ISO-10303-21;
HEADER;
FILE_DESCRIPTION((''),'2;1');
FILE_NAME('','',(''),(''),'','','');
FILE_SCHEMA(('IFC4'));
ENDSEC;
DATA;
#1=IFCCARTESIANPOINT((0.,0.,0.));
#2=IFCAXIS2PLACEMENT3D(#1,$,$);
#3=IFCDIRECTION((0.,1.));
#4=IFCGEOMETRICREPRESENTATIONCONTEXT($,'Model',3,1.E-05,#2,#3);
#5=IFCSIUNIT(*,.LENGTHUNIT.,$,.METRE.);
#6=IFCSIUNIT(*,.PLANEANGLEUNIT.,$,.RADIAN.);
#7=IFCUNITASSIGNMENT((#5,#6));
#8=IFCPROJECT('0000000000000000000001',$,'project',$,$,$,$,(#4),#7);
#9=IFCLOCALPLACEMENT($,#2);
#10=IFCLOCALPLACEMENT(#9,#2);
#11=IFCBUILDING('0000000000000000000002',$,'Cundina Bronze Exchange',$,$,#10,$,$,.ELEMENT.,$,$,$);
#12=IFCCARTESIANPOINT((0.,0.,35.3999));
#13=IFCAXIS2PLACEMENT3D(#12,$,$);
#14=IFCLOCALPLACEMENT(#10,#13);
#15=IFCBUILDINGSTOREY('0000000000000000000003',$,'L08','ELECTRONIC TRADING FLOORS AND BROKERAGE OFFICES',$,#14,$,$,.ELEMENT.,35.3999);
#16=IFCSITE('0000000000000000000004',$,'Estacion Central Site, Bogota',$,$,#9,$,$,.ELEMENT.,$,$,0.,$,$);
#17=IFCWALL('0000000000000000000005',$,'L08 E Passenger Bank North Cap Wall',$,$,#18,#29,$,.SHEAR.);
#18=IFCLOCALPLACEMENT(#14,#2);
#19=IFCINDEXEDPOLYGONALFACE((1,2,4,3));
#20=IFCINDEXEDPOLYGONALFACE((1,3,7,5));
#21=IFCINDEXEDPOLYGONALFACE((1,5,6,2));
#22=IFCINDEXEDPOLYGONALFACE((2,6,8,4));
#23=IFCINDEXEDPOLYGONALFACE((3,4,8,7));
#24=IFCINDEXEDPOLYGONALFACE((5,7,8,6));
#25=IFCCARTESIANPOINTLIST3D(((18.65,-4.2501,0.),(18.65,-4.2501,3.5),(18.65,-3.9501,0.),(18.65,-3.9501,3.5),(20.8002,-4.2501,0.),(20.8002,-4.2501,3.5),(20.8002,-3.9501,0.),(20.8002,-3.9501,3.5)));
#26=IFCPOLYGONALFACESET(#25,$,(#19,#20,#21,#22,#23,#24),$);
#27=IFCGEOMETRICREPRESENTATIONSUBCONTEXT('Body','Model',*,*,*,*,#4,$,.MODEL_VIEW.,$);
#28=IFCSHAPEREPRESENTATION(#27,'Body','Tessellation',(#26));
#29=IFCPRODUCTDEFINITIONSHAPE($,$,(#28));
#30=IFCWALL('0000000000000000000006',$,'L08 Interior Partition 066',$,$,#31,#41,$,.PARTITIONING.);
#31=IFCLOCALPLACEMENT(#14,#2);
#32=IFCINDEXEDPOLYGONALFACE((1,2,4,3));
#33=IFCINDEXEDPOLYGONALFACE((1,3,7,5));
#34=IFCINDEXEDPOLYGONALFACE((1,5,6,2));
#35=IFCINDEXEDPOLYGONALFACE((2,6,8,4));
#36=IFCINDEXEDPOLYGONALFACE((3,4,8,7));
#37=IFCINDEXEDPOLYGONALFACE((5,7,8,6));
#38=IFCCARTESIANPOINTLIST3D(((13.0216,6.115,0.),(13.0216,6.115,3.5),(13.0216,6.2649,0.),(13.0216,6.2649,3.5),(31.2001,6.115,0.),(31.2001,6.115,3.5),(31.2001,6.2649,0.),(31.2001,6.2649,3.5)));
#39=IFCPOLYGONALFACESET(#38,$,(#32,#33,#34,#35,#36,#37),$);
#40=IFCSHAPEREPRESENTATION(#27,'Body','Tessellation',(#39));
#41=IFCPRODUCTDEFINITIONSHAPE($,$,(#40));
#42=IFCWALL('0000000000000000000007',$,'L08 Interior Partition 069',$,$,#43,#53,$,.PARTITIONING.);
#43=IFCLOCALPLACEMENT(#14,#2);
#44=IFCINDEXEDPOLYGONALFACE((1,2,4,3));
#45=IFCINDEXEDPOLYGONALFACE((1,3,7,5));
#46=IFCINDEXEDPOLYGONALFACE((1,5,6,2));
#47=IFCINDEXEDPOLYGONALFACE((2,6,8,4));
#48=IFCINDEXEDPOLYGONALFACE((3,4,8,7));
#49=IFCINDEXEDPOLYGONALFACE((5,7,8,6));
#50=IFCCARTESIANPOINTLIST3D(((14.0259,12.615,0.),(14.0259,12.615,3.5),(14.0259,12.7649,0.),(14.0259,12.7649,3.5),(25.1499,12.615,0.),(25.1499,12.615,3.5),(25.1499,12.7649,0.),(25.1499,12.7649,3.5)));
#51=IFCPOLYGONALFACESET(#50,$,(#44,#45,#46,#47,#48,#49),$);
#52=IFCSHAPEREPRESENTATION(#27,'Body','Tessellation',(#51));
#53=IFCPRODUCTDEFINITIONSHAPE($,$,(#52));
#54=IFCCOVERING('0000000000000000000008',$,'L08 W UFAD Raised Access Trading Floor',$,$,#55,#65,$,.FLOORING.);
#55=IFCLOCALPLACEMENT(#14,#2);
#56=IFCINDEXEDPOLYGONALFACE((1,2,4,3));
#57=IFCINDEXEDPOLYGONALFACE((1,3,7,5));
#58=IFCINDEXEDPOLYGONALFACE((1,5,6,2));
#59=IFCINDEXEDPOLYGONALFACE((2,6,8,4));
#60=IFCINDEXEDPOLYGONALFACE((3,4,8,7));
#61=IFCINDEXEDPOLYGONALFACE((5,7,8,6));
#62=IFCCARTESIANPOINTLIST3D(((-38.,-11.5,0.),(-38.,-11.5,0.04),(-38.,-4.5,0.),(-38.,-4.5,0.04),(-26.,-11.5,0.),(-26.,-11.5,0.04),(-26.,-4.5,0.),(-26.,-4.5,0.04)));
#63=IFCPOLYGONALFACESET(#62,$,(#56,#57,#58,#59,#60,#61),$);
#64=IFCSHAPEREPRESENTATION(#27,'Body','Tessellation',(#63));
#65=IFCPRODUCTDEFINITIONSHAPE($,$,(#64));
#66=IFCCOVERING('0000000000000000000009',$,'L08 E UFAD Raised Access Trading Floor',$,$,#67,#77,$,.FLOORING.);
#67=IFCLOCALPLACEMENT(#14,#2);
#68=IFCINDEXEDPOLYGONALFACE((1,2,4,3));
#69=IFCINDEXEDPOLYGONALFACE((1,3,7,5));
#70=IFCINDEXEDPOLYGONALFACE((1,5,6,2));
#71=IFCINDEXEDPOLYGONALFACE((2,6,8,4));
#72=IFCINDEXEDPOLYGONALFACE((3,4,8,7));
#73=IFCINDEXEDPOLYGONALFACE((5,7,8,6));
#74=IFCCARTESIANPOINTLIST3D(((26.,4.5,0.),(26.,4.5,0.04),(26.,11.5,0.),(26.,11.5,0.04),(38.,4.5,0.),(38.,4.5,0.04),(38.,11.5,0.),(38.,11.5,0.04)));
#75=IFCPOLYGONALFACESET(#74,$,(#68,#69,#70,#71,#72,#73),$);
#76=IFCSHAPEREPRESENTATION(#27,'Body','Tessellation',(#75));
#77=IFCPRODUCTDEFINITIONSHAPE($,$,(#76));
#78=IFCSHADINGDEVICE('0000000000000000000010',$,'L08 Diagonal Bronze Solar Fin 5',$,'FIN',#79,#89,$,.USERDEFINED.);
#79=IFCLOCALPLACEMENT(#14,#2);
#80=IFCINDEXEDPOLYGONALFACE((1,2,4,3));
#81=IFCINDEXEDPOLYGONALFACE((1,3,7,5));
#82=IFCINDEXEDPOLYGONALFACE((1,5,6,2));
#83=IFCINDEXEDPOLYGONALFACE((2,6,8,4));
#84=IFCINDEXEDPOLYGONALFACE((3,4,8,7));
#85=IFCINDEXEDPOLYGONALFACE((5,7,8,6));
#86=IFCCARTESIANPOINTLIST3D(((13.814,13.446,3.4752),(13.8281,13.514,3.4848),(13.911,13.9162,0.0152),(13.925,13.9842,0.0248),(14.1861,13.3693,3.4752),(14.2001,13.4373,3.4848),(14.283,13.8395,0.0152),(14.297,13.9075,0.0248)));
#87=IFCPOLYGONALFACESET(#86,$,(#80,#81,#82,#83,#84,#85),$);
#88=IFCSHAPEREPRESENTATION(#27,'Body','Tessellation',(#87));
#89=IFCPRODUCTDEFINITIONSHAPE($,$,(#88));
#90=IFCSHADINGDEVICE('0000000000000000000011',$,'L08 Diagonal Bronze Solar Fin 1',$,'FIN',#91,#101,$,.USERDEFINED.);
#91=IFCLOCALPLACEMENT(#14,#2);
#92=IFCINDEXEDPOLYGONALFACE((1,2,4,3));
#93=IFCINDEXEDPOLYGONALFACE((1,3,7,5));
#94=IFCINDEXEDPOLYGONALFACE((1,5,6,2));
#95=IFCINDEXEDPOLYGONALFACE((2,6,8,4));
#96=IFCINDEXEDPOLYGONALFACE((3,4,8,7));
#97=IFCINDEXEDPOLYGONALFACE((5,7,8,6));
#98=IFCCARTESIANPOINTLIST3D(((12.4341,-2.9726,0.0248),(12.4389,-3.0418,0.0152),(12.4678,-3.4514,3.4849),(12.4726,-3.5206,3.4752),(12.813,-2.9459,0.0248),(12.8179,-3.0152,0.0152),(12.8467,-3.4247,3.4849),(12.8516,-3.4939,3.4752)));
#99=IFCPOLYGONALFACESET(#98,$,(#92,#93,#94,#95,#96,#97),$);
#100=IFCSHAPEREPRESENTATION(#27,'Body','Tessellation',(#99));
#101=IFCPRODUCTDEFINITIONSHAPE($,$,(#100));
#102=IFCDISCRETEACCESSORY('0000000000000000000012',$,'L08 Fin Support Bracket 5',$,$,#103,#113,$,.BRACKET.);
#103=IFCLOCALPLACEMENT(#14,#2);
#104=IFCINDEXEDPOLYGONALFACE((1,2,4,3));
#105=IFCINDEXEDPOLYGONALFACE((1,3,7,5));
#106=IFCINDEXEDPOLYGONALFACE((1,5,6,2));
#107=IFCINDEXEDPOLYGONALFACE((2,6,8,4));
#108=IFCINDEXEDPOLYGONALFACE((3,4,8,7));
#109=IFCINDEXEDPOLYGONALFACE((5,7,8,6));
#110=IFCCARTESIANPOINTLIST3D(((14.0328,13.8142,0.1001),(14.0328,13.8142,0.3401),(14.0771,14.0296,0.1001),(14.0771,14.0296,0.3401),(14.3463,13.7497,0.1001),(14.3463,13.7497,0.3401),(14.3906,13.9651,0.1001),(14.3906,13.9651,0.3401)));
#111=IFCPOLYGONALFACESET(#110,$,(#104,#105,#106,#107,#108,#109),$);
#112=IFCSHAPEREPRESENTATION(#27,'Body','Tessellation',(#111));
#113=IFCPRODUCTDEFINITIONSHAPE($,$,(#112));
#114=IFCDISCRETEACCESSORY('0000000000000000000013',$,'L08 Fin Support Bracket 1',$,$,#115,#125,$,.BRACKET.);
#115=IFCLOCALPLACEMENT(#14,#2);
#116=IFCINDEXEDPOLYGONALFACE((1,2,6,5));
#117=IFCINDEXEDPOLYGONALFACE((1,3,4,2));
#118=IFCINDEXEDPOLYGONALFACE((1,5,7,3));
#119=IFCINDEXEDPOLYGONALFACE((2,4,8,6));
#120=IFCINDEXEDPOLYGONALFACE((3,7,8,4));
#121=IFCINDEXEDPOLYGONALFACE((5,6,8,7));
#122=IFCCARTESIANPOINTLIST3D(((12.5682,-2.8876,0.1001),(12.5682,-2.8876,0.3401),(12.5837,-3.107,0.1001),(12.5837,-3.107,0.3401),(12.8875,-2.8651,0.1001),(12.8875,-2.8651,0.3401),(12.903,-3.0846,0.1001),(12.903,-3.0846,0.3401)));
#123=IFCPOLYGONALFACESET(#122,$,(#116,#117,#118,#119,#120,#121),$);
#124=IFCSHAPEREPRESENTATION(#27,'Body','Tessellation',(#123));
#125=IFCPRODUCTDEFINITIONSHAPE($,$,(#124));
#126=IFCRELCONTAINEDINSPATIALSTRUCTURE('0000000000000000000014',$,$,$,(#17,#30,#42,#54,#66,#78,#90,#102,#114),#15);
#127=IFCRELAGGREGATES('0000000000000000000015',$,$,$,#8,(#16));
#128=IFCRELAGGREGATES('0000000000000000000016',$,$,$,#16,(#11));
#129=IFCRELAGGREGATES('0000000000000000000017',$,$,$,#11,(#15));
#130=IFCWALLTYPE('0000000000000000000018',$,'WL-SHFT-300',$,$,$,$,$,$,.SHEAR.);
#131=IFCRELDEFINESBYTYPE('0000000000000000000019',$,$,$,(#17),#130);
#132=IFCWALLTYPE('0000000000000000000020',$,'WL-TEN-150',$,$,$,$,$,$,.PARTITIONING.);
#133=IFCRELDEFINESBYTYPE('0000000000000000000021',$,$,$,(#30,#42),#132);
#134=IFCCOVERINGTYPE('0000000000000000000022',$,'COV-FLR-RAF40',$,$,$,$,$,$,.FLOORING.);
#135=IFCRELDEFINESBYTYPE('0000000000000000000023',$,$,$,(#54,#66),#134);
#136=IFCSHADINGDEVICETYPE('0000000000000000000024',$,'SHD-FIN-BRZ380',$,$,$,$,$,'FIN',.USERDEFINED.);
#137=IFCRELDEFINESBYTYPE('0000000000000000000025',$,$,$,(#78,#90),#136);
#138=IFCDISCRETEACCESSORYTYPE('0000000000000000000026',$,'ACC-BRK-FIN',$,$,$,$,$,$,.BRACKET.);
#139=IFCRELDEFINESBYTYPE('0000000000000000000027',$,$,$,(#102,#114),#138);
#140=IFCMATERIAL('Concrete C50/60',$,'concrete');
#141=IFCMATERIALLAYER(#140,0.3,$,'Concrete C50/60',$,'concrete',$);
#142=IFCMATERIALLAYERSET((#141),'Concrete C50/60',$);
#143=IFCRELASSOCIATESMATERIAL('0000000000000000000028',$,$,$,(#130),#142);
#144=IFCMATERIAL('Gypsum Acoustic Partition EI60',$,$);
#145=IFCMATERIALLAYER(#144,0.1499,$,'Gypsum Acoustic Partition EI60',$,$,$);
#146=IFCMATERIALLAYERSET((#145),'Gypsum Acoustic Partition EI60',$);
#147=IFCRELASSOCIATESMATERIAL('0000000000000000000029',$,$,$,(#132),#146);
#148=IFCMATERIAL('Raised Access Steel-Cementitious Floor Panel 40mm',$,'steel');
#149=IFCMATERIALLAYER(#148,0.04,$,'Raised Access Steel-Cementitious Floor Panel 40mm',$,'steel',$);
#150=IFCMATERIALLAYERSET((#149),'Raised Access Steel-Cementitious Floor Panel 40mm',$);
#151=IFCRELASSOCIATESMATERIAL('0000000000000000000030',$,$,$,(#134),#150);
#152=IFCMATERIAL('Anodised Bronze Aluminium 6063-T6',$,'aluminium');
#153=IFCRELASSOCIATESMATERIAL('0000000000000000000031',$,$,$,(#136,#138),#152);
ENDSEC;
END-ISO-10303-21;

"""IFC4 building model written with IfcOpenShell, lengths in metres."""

from ifc_helpers import new_model, si_unit, direction, frame, frame_2d, origin, origin_2d, place, context, subcontext, project, spatial, polyline, rectangle, outline, extrude, material, layer, layer_set, material_profile, profile_set, type_object, element, save


model = new_model("IFC4")

# Units and contexts
model_context = context("Model", 3, precision=1e-05, world=origin(), true_north=direction((0.0, 1.0)))
body_context = subcontext(model_context, "Body", "Model", "MODEL_VIEW")
ifc_project = project(units=[si_unit("LENGTHUNIT", "METRE"), si_unit("PLANEANGLEUNIT", "RADIAN")], contexts=[model_context])

# Site, building, storey
site_placement = place(None, origin())
site = spatial("IfcSite", under=ifc_project, at=site_placement, Name="Estacion Central Site, Bogota", CompositionType="ELEMENT", RefElevation=0.0)
building_placement = place(site_placement, origin())
building = spatial("IfcBuilding", under=site, at=building_placement, Name="Cundina Bronze Exchange", CompositionType="ELEMENT")
storey_placement = place(building_placement, frame((0.0, 0.0, 35.3999)))
storey = spatial("IfcBuildingStorey", under=building, at=storey_placement, Name="L08", Description="ELECTRONIC TRADING FLOORS AND BROKERAGE OFFICES", CompositionType="ELEMENT", Elevation=35.3999)

# Shared definitions
ifc_material_1 = material(Name="Anodised Bronze Aluminium 6063-T6", Category="aluminium")

# Walls
ifc_material_2 = material(Name="Concrete C50/60", Category="concrete")
ifc_layer_1 = layer(ifc_material_2, 0.3, Name="Concrete C50/60", Category="concrete")
ifc_layer_set_1 = layer_set([ifc_layer_1], Name="Concrete C50/60")
wall_type_1 = type_object("IfcWallType", Name="WL-SHFT-300", PredefinedType="SHEAR", material=ifc_layer_set_1)
wall_1_placement = place(storey_placement, frame((18.6499, -4.1001, 0.0), z_axis=(0.0, 0.0, 1.0), x_axis=(1.0, 0.0, 0.0)))
element("IfcWall", 1, at=wall_1_placement, inside=storey, type_object=wall_type_1, Name="L08 E Passenger Bank North Cap Wall", PredefinedType="SHEAR", context=body_context, shape_type="SweptSolid", body=[
    extrude(rectangle(XDim=2.1501, YDim=0.3, at=frame_2d((1.0752, 0.0))), origin(), (0.0, 0.0, 1.0), 3.5),
])
ifc_material_3 = material(Name="Gypsum Acoustic Partition EI60")
ifc_layer_2 = layer(ifc_material_3, 0.1499, Name="Gypsum Acoustic Partition EI60")
ifc_layer_set_2 = layer_set([ifc_layer_2], Name="Gypsum Acoustic Partition EI60")
wall_type_2 = type_object("IfcWallType", Name="WL-TEN-150", PredefinedType="PARTITIONING", material=ifc_layer_set_2)
wall_2_placement = place(storey_placement, frame((13.0215, 6.1899, 0.0), z_axis=(0.0, 0.0, 1.0), x_axis=(1.0, 0.0, 0.0)))
element("IfcWall", 2, at=wall_2_placement, inside=storey, type_object=wall_type_2, Name="L08 Interior Partition 066", PredefinedType="PARTITIONING", context=body_context, shape_type="SweptSolid", body=[
    extrude(rectangle(XDim=18.1785, YDim=0.1499, at=frame_2d((9.0894, 0.0))), origin(), (0.0, 0.0, 1.0), 3.5),
])
wall_3_placement = place(storey_placement, frame((14.0259, 12.6899, 0.0), z_axis=(0.0, 0.0, 1.0), x_axis=(1.0, 0.0, 0.0)))
element("IfcWall", 3, at=wall_3_placement, inside=storey, type_object=wall_type_2, Name="L08 Interior Partition 069", PredefinedType="PARTITIONING", context=body_context, shape_type="SweptSolid", body=[
    extrude(rectangle(XDim=11.124, YDim=0.1499, at=frame_2d((5.562, 0.0))), origin(), (0.0, 0.0, 1.0), 3.5),
])

# Coverings
ifc_material_4 = material(Name="Raised Access Steel-Cementitious Floor Panel 40mm", Category="steel")
ifc_layer_3 = layer(ifc_material_4, 0.04, Name="Raised Access Steel-Cementitious Floor Panel 40mm", Category="steel")
ifc_layer_set_3 = layer_set([ifc_layer_3], Name="Raised Access Steel-Cementitious Floor Panel 40mm")
covering_type = type_object("IfcCoveringType", Name="COV-FLR-RAF40", PredefinedType="FLOORING", material=ifc_layer_set_3)
covering_1_placement = place(storey_placement, origin())
element("IfcCovering", 4, at=covering_1_placement, inside=storey, type_object=covering_type, Name="L08 W UFAD Raised Access Trading Floor", PredefinedType="FLOORING", context=body_context, shape_type="SweptSolid", body=[
    extrude(outline(polyline([(-38.0, -11.5), (-26.0, -11.5), (-26.0, -4.5), (-38.0, -4.5), (-38.0, -11.5)])), origin(), (0.0, 0.0, 1.0), 0.04),
])
covering_2_placement = place(storey_placement, origin())
element("IfcCovering", 5, at=covering_2_placement, inside=storey, type_object=covering_type, Name="L08 E UFAD Raised Access Trading Floor", PredefinedType="FLOORING", context=body_context, shape_type="SweptSolid", body=[
    extrude(outline(polyline([(26.0, 4.5), (38.0, 4.5), (38.0, 11.5), (26.0, 11.5), (26.0, 4.5)])), origin(), (0.0, 0.0, 1.0), 0.04),
])

# Shading devices
ifc_material_profile_1 = material_profile(ifc_material_1, rectangle(XDim=0.0701, YDim=0.3799, at=origin_2d()), Name="FIN70X380", Category="aluminium")
ifc_profile_set_1 = profile_set([ifc_material_profile_1], Name="Anodised Bronze Aluminium 6063-T6")
shading_device_type = type_object("IfcShadingDeviceType", Name="SHD-FIN-BRZ380", ElementType="FIN", PredefinedType="USERDEFINED", material=ifc_profile_set_1)
for number, where, z_axis, x_axis, name in (
    (6, (14.104, 13.9119, 0.02), (-0.027747, -0.134612, 0.99051), (0.199967, 0.970115, 0.137442), "L08 Diagonal Bronze Solar Fin 5"),
    (7, (12.626, -2.9939, 0.02), (0.009645, -0.137059, 0.990516), (-0.069533, 0.988072, 0.137398), "L08 Diagonal Bronze Solar Fin 1"),
):
    element("IfcShadingDevice", number, at=place(storey_placement, frame(where, z_axis=z_axis, x_axis=x_axis)), inside=storey, type_object=shading_device_type, Name=name, ObjectType="FIN", PredefinedType="USERDEFINED", context=body_context, shape_type="SweptSolid", body=[
        extrude(rectangle(XDim=0.0701, YDim=0.3799, at=origin_2d()), origin(), (0.0, 0.0, 1.0), 3.4932),
    ])

# Discrete accessories
discrete_accessory_type = type_object("IfcDiscreteAccessoryType", Name="ACC-BRK-FIN", PredefinedType="BRACKET", material=ifc_material_1)
for number, where, z_axis, x_axis, name in (
    (8, (14.2117, 13.8896, 0.1001), (0.0, 0.0, 1.0), (-0.20142, -0.979505, 0.0), "L08 Fin Support Bracket 5"),
    (9, (12.7356, -2.9861, 0.1001), (0.0, 0.0, 1.0), (0.070279, -0.997527, 0.0), "L08 Fin Support Bracket 1"),
):
    element("IfcDiscreteAccessory", number, at=place(storey_placement, frame(where, z_axis=z_axis, x_axis=x_axis)), inside=storey, type_object=discrete_accessory_type, Name=name, PredefinedType="BRACKET", context=body_context, shape_type="SweptSolid", body=[
        extrude(rectangle(XDim=0.22, YDim=0.3201, at=origin_2d()), origin(), (0.0, 0.0, 1.0), 0.24),
    ])

save(model, "model.ifc")
